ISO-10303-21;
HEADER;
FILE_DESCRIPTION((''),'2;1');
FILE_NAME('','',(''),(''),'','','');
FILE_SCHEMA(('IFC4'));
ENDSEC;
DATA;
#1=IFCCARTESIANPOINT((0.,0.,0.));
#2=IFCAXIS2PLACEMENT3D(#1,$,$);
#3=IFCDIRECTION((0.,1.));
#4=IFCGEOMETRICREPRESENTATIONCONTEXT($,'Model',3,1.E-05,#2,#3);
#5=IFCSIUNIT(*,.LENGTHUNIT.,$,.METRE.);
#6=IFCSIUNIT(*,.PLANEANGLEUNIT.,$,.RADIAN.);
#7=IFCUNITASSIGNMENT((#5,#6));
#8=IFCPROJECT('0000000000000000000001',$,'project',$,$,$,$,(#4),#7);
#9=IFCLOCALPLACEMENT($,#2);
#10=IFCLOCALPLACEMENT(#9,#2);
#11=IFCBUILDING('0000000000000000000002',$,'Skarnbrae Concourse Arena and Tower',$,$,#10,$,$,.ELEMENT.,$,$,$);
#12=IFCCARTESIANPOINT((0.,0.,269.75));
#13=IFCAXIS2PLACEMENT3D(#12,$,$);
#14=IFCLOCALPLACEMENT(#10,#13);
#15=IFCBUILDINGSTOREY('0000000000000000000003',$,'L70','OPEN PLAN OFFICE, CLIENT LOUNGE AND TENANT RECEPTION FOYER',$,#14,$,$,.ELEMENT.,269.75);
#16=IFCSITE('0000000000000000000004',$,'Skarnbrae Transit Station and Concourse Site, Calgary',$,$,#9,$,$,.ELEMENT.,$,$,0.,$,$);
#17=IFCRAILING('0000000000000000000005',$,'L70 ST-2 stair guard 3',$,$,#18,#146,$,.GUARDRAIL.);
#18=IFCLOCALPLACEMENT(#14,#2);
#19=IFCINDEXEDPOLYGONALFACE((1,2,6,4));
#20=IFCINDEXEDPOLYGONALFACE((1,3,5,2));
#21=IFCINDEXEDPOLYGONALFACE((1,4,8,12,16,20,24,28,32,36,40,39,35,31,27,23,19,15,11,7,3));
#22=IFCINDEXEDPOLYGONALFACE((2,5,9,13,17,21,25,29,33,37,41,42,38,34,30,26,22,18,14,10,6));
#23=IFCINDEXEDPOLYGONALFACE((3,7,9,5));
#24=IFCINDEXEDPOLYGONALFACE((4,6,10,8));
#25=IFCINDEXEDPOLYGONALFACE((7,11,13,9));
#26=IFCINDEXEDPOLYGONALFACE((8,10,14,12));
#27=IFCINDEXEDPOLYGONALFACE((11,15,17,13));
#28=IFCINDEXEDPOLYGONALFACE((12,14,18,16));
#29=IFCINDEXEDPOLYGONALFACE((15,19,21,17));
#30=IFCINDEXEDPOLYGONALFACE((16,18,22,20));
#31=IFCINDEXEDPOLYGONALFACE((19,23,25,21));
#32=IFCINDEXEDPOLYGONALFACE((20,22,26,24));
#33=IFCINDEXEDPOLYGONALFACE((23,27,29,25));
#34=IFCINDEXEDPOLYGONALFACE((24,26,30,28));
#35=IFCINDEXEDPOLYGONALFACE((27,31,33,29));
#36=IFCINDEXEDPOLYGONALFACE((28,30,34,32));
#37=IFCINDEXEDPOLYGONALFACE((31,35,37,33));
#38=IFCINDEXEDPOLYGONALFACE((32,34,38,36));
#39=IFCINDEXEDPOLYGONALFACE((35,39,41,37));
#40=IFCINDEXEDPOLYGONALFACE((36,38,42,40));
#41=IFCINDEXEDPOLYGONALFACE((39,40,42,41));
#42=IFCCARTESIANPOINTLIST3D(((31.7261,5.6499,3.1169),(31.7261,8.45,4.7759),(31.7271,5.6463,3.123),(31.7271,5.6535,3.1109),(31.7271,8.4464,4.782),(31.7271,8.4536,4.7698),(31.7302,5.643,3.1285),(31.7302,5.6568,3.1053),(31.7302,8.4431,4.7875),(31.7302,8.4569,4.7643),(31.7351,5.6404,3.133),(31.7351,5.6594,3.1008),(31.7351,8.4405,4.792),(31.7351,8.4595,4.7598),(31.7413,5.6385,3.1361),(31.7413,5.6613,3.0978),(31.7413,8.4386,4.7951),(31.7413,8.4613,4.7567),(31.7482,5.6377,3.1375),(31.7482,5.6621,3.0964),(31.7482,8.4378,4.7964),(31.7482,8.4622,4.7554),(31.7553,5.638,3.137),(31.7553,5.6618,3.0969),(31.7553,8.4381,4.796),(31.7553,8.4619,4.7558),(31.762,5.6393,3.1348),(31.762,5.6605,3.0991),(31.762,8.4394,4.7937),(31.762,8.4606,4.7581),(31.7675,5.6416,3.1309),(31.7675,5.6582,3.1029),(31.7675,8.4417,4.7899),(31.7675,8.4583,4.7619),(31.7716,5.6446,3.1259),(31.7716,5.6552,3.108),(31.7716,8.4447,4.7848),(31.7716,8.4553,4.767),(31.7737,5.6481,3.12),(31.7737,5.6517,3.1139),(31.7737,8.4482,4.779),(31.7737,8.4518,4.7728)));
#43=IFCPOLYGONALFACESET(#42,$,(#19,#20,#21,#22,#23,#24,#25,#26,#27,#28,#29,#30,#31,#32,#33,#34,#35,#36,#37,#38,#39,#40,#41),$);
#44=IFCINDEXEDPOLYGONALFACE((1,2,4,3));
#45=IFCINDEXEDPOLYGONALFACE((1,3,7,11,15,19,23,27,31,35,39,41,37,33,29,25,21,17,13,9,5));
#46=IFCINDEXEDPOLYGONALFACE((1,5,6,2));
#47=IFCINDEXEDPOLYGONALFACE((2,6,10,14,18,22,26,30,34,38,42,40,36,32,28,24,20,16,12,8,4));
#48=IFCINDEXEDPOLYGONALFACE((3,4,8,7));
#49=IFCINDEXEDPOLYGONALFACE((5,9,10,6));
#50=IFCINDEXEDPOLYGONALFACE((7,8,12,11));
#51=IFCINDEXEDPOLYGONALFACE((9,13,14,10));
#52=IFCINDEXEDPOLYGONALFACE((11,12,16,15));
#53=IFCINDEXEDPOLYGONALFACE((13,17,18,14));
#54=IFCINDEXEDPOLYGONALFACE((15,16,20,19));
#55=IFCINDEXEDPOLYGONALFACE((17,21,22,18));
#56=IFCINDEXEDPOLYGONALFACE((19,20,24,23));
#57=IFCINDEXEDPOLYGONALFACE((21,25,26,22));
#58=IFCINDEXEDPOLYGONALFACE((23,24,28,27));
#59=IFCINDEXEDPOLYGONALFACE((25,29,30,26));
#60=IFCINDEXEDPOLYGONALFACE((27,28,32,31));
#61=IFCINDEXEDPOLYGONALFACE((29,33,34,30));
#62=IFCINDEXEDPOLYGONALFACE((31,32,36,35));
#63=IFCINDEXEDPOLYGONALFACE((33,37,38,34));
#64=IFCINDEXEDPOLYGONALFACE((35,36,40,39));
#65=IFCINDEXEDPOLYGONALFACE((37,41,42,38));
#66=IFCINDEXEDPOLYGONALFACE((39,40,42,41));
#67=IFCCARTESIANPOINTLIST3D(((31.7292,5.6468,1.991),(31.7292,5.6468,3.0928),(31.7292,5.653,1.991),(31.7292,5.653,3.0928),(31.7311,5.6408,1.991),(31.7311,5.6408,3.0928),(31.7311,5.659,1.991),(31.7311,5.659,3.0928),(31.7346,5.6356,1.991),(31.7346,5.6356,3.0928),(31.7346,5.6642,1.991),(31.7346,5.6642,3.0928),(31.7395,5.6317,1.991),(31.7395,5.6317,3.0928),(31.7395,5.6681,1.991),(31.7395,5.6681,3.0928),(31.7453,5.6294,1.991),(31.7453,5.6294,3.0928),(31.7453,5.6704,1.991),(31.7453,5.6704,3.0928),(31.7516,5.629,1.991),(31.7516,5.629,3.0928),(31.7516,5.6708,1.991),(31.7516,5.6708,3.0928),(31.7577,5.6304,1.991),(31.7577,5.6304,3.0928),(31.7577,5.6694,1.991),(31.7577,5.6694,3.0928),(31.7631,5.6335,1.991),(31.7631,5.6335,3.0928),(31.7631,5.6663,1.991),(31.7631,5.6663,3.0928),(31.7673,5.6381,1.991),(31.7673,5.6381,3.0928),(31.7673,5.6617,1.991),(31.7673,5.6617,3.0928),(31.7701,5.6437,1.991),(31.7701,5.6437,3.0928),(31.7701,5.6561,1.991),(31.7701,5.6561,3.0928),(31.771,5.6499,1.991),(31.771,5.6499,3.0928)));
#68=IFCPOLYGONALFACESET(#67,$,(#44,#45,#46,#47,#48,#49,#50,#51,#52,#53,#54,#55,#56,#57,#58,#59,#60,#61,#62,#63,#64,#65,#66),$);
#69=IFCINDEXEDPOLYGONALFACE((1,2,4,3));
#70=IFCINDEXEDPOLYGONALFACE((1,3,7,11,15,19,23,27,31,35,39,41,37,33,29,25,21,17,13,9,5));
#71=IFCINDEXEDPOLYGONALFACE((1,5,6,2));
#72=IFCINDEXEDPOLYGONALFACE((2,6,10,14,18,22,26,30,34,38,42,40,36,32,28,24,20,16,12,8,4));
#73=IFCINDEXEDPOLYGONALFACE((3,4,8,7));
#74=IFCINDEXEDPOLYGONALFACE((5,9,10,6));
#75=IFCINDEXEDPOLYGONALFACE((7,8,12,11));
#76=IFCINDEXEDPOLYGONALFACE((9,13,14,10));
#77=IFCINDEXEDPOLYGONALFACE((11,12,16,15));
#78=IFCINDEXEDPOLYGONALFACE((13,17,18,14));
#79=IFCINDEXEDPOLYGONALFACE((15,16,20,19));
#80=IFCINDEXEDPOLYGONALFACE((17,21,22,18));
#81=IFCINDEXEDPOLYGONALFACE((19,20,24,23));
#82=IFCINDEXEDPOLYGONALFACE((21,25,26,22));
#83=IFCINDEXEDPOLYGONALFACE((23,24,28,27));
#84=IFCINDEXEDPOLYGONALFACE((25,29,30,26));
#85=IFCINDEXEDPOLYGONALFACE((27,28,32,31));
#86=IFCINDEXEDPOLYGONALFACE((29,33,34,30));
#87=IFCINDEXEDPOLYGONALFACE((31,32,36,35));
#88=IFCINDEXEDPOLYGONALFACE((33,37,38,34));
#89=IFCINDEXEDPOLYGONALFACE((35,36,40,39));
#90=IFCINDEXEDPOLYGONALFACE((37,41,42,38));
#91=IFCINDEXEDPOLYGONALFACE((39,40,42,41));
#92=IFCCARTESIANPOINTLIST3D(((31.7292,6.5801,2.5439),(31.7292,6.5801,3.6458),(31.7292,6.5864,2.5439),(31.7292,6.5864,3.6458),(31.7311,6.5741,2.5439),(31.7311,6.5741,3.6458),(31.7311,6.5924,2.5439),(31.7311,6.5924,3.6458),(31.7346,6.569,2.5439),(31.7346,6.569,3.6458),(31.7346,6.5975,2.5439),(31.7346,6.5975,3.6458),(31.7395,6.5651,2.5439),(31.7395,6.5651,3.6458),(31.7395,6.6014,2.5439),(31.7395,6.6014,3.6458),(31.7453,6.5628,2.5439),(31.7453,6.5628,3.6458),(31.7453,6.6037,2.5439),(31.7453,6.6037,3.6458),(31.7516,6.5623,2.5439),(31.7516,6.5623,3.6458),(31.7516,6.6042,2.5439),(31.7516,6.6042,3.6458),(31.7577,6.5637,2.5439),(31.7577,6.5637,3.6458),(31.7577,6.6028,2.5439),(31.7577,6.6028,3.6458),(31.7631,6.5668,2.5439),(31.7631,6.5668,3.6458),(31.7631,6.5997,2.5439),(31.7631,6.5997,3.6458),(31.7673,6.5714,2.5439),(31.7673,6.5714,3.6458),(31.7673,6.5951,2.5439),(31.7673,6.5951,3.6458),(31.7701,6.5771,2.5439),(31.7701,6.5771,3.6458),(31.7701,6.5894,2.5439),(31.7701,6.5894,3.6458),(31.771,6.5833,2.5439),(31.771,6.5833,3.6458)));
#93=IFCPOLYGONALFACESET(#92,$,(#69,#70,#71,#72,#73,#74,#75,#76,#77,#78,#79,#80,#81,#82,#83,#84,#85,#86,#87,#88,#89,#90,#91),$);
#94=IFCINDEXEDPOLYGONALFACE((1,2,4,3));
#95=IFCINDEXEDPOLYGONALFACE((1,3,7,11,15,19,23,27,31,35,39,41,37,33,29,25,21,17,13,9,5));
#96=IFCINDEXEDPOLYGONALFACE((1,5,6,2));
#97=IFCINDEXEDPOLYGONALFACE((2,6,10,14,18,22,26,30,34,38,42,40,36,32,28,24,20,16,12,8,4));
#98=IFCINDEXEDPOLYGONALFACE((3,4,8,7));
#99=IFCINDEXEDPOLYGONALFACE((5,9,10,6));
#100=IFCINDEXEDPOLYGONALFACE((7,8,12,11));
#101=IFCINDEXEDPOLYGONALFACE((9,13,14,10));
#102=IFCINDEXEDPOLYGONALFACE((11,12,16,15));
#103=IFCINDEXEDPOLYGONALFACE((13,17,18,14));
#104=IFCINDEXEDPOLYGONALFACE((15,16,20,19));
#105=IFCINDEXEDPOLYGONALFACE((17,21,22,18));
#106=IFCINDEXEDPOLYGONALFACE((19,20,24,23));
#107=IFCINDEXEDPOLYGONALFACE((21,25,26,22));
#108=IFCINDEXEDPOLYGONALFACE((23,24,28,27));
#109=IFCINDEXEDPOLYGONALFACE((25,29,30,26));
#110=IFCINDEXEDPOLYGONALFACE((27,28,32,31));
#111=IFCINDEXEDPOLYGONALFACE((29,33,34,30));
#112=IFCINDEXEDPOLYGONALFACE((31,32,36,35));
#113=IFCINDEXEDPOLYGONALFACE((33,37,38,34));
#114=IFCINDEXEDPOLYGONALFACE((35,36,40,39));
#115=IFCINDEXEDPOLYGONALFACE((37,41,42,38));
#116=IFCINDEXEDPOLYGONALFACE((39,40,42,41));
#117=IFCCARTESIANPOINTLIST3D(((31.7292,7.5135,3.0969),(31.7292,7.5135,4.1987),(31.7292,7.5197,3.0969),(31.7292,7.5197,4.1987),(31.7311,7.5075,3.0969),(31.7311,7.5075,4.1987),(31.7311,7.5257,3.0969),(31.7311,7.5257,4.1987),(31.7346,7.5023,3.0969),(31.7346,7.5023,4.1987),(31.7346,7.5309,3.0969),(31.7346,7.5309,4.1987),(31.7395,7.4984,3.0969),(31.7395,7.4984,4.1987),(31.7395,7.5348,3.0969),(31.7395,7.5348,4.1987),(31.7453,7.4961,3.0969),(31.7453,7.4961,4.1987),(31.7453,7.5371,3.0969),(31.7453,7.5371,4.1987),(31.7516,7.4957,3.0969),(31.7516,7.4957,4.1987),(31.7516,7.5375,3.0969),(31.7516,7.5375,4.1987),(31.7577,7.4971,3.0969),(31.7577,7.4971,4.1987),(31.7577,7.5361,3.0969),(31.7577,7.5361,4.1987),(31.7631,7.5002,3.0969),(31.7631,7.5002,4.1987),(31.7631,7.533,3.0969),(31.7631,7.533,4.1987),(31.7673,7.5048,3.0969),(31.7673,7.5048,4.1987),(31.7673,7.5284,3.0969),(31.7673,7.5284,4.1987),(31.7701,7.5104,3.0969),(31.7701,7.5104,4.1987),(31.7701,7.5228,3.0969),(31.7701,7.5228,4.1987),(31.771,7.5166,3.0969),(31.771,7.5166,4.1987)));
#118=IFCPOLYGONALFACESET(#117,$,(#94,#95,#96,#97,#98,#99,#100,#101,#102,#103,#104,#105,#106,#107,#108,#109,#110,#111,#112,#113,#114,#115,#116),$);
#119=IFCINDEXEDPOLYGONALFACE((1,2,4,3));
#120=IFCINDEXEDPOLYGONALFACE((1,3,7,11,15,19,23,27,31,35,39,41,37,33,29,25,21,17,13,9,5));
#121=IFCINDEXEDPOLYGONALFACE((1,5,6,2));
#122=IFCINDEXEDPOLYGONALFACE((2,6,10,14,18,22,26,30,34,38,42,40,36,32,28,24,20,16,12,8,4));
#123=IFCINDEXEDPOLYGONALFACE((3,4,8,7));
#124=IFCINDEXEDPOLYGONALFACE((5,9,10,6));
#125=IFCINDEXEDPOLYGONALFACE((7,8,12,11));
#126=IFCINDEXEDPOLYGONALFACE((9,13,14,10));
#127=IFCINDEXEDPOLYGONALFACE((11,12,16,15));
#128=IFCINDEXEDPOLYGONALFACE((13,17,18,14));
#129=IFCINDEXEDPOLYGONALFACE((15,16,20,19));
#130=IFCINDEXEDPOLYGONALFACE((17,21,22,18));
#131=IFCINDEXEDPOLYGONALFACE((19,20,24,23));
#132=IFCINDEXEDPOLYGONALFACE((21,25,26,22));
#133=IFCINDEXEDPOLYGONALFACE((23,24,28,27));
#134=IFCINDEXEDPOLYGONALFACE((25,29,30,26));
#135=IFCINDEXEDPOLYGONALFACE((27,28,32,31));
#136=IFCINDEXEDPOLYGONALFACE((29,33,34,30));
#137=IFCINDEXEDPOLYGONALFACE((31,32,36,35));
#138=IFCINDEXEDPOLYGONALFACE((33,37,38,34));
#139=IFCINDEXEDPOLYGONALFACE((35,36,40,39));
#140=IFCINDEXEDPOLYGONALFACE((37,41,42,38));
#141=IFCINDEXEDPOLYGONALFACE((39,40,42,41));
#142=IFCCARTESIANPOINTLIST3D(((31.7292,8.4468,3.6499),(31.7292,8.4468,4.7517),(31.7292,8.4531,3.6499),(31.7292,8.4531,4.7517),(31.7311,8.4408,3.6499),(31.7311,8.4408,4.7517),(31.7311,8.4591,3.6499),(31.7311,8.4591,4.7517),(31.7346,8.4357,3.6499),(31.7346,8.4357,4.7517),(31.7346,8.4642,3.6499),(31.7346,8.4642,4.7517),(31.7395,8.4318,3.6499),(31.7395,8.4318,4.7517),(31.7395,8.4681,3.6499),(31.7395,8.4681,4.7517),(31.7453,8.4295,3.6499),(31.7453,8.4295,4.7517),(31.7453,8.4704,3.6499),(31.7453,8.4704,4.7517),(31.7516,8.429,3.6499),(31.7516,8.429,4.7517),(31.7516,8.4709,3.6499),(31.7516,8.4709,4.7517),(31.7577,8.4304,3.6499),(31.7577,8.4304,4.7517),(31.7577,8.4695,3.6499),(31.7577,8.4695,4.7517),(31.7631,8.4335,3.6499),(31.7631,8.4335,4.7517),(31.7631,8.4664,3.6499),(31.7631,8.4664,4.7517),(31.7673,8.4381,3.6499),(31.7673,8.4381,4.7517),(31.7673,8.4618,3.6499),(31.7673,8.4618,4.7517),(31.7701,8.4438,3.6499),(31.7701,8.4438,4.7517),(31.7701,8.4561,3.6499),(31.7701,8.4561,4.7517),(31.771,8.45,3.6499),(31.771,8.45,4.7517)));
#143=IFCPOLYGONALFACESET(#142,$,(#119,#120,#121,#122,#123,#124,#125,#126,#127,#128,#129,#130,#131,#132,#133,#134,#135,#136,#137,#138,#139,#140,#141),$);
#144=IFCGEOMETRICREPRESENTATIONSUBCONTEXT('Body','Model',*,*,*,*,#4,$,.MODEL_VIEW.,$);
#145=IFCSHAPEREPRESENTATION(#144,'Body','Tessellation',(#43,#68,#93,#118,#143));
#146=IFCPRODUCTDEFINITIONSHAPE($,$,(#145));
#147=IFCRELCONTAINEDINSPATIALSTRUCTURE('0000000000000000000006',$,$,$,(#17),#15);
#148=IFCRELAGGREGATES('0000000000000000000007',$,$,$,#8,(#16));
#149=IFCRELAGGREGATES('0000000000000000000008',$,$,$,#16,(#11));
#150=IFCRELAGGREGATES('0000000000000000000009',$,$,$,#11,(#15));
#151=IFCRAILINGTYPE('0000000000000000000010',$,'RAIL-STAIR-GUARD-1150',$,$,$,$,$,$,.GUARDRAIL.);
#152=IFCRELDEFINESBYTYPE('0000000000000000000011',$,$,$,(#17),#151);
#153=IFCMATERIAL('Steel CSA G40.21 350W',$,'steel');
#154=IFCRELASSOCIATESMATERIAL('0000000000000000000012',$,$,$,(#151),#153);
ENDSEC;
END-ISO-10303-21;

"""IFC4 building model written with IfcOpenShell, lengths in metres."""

from ifc_helpers import new_model, si_unit, direction, frame, origin, origin_2d, place, context, subcontext, project, spatial, circle, extrude, material, type_object, element, save


model = new_model("IFC4")

# Units and contexts
model_context = context("Model", 3, precision=1e-05, world=origin(), true_north=direction((0.0, 1.0)))
body_context = subcontext(model_context, "Body", "Model", "MODEL_VIEW")
ifc_project = project(units=[si_unit("LENGTHUNIT", "METRE"), si_unit("PLANEANGLEUNIT", "RADIAN")], contexts=[model_context])

# Site, building, storey
site_placement = place(None, origin())
site = spatial("IfcSite", under=ifc_project, at=site_placement, Name="Skarnbrae Transit Station and Concourse Site, Calgary", CompositionType="ELEMENT", RefElevation=0.0)
building_placement = place(site_placement, origin())
building = spatial("IfcBuilding", under=site, at=building_placement, Name="Skarnbrae Concourse Arena and Tower", CompositionType="ELEMENT")
storey_placement = place(building_placement, frame((0.0, 0.0, 269.75)))
storey = spatial("IfcBuildingStorey", under=building, at=storey_placement, Name="L70", Description="OPEN PLAN OFFICE, CLIENT LOUNGE AND TENANT RECEPTION FOYER", CompositionType="ELEMENT", Elevation=269.75)

# Shared definitions
ifc_material_1 = material(Name="Steel CSA G40.21 350W", Category="steel")

# Railing
railing_type_1 = type_object("IfcRailingType", Name="RAIL-STAIR-GUARD-1150", PredefinedType="GUARDRAIL", material=ifc_material_1)
railing_1_placement = place(storey_placement, frame((31.75, 5.6499, 1.991)))
element("IfcRailing", 1, at=railing_1_placement, inside=storey, type_object=railing_type_1, Name="L70 ST-2 stair guard 3", PredefinedType="GUARDRAIL", context=body_context, shape_type="SweptSolid", body=[
    extrude(circle(Radius=0.0239, at=origin_2d()), frame((0.0, 0.0, 1.126), z_axis=(0.0, 0.860339, 0.509722), x_axis=(-1.0, 0.0, 0.0)), (0.0, 0.0, 1.0), 3.2546),
    extrude(circle(Radius=0.021, at=origin_2d()), origin(), (0.0, 0.0, 1.0), 1.1018),
    extrude(circle(Radius=0.021, at=origin_2d()), frame((0.0, 0.9333, 0.553)), (0.0, 0.0, 1.0), 1.1018),
    extrude(circle(Radius=0.021, at=origin_2d()), frame((0.0, 1.8667, 1.106)), (0.0, 0.0, 1.0), 1.1018),
    extrude(circle(Radius=0.021, at=origin_2d()), frame((0.0, 2.8, 1.6589)), (0.0, 0.0, 1.0), 1.1018),
])

save(model, "model.ifc")
